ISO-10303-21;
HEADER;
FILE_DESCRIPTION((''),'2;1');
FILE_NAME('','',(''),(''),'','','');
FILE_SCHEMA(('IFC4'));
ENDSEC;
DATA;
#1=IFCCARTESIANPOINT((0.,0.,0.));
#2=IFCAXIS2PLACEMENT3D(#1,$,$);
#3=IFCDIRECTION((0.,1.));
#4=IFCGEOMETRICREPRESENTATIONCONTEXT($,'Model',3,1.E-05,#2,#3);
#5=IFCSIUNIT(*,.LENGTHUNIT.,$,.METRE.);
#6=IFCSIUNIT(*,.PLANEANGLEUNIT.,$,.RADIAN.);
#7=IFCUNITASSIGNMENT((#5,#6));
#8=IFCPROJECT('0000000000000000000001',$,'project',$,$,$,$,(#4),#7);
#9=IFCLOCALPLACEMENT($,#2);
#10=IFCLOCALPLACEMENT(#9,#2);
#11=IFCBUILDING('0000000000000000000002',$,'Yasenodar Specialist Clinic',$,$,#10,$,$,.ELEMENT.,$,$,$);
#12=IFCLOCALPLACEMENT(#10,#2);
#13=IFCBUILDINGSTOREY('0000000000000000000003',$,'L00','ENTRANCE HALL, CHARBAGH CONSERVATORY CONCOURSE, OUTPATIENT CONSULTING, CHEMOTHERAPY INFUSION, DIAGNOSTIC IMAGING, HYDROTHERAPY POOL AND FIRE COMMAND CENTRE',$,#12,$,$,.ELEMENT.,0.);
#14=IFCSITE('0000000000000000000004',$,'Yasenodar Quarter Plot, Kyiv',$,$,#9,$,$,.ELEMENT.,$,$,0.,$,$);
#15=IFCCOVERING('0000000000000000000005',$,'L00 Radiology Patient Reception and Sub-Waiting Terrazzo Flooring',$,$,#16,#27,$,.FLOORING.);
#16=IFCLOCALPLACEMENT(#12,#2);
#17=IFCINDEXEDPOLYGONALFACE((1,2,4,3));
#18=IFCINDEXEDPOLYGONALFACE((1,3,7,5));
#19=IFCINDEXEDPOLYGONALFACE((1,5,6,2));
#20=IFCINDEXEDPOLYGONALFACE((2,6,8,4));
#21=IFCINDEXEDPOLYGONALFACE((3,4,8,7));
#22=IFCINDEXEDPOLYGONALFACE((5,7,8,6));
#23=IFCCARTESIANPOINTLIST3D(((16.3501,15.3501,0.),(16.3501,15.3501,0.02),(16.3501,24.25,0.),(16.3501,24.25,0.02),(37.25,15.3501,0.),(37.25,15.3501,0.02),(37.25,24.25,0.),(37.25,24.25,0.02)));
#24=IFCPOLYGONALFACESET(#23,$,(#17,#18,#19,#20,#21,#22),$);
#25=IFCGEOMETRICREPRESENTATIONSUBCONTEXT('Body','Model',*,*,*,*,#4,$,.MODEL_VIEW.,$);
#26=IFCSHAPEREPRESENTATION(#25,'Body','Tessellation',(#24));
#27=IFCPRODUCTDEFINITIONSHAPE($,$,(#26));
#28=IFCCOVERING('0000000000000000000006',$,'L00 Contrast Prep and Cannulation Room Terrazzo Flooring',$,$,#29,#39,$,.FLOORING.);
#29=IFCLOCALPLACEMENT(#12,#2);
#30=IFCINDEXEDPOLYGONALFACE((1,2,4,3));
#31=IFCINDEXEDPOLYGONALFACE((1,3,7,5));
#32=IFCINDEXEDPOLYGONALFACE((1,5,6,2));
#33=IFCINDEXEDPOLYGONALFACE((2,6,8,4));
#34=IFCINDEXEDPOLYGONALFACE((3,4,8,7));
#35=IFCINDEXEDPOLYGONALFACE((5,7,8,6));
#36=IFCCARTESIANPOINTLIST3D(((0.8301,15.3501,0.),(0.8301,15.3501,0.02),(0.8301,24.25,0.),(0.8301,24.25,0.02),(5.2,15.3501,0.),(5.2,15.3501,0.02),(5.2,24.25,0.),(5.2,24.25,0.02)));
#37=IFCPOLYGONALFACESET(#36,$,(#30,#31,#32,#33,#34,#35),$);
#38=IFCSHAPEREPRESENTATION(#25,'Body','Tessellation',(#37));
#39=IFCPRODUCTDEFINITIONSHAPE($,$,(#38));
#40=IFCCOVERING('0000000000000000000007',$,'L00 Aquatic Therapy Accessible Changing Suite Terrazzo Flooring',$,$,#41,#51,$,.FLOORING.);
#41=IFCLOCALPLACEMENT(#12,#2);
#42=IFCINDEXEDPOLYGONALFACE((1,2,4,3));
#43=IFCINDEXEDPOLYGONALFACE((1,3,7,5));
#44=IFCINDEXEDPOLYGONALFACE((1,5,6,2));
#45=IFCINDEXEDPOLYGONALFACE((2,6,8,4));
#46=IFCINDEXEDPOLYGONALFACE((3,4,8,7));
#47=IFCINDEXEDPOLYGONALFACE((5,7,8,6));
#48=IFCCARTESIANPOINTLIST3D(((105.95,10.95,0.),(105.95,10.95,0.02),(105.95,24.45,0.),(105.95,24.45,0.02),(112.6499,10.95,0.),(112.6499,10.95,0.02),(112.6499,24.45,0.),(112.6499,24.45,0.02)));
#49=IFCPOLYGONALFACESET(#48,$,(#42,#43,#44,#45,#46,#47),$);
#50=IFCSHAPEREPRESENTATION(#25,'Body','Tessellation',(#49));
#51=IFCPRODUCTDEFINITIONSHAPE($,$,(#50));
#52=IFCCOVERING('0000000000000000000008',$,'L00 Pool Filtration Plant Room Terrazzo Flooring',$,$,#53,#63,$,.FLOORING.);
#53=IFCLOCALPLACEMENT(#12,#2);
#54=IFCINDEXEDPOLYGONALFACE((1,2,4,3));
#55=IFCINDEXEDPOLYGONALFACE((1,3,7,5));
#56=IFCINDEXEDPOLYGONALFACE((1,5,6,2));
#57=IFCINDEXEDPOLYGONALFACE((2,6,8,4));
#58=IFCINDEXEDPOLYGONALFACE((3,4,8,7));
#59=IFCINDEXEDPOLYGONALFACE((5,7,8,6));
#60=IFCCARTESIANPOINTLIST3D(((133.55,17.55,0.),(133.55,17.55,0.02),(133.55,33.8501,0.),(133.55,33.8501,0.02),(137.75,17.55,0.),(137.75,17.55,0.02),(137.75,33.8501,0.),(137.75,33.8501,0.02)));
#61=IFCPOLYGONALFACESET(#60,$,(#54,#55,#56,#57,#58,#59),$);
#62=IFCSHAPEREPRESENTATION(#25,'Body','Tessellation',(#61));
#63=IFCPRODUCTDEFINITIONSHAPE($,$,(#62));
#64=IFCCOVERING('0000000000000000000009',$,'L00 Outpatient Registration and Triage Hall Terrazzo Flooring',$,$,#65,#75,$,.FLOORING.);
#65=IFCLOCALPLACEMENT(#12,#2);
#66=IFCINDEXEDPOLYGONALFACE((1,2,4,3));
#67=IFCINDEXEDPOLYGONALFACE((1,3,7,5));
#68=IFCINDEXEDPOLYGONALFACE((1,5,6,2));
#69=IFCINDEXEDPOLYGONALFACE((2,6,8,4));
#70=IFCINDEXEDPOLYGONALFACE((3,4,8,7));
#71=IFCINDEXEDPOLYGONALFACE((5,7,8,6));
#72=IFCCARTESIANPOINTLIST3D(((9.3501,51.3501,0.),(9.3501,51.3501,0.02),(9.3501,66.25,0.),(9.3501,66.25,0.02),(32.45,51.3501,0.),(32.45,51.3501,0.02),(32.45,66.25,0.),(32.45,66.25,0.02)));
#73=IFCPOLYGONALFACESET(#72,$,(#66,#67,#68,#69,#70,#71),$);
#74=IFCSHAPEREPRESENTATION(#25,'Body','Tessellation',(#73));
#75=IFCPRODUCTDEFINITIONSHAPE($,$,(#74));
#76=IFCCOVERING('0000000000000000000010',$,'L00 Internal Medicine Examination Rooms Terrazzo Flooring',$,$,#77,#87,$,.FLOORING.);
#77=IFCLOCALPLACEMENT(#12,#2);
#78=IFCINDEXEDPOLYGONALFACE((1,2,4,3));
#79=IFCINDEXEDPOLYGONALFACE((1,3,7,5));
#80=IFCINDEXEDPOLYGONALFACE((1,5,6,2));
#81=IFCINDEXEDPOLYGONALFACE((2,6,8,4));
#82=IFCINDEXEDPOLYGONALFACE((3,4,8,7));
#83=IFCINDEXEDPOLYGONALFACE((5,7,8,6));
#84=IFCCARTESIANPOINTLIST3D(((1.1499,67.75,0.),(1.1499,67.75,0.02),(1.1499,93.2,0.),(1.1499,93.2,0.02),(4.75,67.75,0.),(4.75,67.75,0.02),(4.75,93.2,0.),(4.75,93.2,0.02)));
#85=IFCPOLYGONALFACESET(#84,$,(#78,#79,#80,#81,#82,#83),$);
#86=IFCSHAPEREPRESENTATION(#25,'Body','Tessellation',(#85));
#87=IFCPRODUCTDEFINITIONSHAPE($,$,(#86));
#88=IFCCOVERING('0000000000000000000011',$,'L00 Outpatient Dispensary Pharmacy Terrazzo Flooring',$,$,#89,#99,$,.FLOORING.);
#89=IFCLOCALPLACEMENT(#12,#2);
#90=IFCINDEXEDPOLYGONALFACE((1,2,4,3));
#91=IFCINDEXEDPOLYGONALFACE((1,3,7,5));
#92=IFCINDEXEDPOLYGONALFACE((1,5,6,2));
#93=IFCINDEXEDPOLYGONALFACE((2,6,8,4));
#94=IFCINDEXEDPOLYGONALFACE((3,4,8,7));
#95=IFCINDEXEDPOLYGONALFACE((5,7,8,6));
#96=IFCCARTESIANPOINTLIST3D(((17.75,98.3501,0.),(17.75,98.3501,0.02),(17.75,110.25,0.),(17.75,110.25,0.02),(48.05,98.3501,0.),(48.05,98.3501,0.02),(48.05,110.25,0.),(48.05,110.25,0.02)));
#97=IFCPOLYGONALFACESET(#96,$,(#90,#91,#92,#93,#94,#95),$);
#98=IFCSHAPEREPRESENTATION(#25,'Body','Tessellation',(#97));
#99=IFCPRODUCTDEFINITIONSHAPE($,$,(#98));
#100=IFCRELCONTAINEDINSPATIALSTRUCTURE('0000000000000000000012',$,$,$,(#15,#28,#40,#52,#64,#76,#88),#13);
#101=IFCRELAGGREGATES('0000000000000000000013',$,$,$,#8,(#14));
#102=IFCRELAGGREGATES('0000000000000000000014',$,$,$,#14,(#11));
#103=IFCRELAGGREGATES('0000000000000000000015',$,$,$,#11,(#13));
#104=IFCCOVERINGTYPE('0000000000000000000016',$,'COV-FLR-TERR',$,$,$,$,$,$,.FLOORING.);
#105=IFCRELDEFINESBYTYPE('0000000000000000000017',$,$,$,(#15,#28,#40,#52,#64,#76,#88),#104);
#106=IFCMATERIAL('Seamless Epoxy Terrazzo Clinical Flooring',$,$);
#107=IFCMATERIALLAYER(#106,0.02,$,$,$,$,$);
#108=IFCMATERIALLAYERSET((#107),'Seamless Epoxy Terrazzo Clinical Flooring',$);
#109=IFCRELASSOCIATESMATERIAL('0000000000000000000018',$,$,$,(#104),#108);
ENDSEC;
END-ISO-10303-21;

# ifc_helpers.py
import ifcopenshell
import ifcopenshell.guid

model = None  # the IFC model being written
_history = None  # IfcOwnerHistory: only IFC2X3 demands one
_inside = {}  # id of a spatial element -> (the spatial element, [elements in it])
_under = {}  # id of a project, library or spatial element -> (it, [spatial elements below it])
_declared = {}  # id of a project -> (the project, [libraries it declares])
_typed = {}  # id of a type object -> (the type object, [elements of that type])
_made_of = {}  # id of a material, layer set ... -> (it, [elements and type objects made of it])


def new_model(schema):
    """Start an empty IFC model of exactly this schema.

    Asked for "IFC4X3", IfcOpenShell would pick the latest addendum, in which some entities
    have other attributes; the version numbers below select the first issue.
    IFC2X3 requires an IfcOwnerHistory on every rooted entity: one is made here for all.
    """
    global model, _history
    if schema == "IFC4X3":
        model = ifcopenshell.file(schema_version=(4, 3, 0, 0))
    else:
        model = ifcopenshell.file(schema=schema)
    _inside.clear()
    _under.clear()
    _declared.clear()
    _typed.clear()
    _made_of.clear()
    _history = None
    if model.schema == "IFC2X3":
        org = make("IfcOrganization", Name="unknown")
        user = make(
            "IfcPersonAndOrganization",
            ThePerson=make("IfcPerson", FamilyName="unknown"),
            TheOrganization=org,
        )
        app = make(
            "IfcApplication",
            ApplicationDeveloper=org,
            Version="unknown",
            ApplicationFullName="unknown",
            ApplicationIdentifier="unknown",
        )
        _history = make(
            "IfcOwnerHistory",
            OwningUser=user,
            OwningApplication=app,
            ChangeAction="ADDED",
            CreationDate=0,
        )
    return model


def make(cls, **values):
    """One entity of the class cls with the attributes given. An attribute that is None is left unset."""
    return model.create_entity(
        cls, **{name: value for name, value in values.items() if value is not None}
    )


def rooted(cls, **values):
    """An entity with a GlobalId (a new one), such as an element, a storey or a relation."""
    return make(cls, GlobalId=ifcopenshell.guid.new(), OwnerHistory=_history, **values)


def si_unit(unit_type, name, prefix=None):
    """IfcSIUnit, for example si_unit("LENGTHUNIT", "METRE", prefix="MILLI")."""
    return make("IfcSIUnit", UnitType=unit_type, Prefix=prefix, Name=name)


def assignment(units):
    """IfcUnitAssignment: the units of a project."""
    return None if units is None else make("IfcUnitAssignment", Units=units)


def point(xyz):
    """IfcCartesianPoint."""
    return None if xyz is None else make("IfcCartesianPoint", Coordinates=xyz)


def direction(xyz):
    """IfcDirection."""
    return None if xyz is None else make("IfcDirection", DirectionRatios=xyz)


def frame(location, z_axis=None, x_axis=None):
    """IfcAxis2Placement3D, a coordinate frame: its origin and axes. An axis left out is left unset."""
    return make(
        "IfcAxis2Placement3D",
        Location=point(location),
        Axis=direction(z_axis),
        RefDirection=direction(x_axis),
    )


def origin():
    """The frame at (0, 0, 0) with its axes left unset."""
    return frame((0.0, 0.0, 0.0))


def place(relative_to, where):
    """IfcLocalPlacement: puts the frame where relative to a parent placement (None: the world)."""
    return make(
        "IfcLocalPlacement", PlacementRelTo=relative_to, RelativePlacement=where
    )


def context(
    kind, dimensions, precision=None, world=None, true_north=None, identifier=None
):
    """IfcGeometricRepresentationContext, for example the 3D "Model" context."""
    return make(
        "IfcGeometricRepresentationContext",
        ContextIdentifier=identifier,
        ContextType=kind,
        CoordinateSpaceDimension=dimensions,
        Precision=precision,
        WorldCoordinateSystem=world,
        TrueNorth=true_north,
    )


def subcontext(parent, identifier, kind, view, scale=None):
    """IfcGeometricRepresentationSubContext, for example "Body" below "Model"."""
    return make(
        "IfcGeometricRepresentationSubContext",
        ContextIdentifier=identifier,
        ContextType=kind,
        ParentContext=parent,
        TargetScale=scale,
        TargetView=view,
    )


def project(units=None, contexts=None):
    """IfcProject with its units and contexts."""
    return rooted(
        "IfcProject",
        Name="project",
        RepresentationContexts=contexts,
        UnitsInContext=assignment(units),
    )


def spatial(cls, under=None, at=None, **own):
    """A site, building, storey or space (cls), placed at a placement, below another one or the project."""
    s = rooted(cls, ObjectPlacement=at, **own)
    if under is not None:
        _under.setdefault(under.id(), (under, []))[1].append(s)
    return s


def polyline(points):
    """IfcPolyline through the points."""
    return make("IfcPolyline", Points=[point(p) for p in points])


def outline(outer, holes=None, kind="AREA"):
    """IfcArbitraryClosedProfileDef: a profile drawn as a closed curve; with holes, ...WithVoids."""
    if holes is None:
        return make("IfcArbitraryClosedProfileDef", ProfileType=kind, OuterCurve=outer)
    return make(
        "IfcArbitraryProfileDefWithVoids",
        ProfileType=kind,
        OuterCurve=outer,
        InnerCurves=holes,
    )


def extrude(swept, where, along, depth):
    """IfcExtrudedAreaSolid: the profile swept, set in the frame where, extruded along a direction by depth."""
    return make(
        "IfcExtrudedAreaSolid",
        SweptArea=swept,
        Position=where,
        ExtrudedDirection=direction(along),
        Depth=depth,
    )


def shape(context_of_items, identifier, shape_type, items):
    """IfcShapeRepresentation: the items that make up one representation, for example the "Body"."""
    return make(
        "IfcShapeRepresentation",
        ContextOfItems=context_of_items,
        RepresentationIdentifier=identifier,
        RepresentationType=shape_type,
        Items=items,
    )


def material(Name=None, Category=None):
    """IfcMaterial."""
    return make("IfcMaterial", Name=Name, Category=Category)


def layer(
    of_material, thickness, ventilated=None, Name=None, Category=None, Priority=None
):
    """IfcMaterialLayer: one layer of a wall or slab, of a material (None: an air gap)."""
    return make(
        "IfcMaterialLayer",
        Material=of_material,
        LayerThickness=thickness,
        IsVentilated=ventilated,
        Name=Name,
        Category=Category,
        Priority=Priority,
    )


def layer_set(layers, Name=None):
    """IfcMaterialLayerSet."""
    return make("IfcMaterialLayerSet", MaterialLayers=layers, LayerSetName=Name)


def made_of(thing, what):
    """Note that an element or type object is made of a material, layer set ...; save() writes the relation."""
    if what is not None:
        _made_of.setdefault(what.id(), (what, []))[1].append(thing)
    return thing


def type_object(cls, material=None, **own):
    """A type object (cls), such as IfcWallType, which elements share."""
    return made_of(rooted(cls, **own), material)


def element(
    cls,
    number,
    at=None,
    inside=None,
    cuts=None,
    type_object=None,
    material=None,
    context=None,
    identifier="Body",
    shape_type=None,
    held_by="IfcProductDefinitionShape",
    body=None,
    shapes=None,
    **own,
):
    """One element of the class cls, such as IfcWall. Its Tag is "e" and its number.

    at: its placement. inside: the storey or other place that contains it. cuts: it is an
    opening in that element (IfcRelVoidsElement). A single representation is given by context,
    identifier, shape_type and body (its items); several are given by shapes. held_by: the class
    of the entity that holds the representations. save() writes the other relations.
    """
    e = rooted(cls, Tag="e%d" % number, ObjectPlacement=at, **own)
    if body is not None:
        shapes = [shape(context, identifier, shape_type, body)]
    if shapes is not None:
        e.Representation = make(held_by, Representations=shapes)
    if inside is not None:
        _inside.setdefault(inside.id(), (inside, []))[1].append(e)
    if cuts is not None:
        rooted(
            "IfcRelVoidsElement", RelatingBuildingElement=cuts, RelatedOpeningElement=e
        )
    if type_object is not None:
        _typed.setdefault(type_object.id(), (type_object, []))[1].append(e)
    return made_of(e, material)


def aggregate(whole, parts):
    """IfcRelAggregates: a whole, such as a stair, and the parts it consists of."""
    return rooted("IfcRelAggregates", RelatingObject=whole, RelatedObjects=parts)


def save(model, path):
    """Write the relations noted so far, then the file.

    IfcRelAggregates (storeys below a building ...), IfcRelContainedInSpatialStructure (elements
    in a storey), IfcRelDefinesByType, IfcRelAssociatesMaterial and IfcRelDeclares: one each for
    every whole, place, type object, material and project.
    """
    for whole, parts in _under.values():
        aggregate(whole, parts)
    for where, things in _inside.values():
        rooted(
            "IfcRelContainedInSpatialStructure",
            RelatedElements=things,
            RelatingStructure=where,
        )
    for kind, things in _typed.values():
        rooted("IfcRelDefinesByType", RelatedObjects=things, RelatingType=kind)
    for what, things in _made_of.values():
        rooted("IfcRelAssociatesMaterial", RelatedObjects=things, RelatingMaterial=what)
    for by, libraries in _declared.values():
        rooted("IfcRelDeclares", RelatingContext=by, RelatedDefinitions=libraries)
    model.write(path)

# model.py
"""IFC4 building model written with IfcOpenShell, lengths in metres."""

from ifc_helpers import new_model, si_unit, direction, origin, place, context, subcontext, project, spatial, polyline, outline, extrude, material, layer, layer_set, type_object, element, save


model = new_model("IFC4")

# Units and contexts
model_context = context("Model", 3, precision=1e-05, world=origin(), true_north=direction((0.0, 1.0)))
body_context = subcontext(model_context, "Body", "Model", "MODEL_VIEW")
ifc_project = project(units=[si_unit("LENGTHUNIT", "METRE"), si_unit("PLANEANGLEUNIT", "RADIAN")], contexts=[model_context])

# Site, building, storey
site_placement = place(None, origin())
site = spatial("IfcSite", under=ifc_project, at=site_placement, Name="Yasenodar Quarter Plot, Kyiv", CompositionType="ELEMENT", RefElevation=0.0)
building_placement = place(site_placement, origin())
building = spatial("IfcBuilding", under=site, at=building_placement, Name="Yasenodar Specialist Clinic", CompositionType="ELEMENT")
storey_placement = place(building_placement, origin())
storey = spatial("IfcBuildingStorey", under=building, at=storey_placement, Name="L00", Description="ENTRANCE HALL, CHARBAGH CONSERVATORY CONCOURSE, OUTPATIENT CONSULTING, CHEMOTHERAPY INFUSION, DIAGNOSTIC IMAGING, HYDROTHERAPY POOL AND FIRE COMMAND CENTRE", CompositionType="ELEMENT", Elevation=0.0)

# Coverings
ifc_material_1 = material(Name="Seamless Epoxy Terrazzo Clinical Flooring")
ifc_layer_1 = layer(ifc_material_1, 0.02)
ifc_layer_set_1 = layer_set([ifc_layer_1], Name="Seamless Epoxy Terrazzo Clinical Flooring")
covering_type_1 = type_object("IfcCoveringType", Name="COV-FLR-TERR", PredefinedType="FLOORING", material=ifc_layer_set_1)
covering_1_placement = place(storey_placement, origin())
element("IfcCovering", 1, at=covering_1_placement, inside=storey, type_object=covering_type_1, Name="L00 Radiology Patient Reception and Sub-Waiting Terrazzo Flooring", PredefinedType="FLOORING", context=body_context, shape_type="SweptSolid", body=[
    extrude(outline(polyline([(37.25, 15.3501), (16.3501, 15.3501), (16.3501, 24.25), (37.25, 24.25), (37.25, 15.3501)])), origin(), (0.0, 0.0, 1.0), 0.02),
])
covering_2_placement = place(storey_placement, origin())
element("IfcCovering", 2, at=covering_2_placement, inside=storey, type_object=covering_type_1, Name="L00 Contrast Prep and Cannulation Room Terrazzo Flooring", PredefinedType="FLOORING", context=body_context, shape_type="SweptSolid", body=[
    extrude(outline(polyline([(5.2, 24.25), (5.2, 15.3501), (0.8301, 15.3501), (0.8301, 24.25), (5.2, 24.25)])), origin(), (0.0, 0.0, 1.0), 0.02),
])
covering_3_placement = place(storey_placement, origin())
element("IfcCovering", 3, at=covering_3_placement, inside=storey, type_object=covering_type_1, Name="L00 Aquatic Therapy Accessible Changing Suite Terrazzo Flooring", PredefinedType="FLOORING", context=body_context, shape_type="SweptSolid", body=[
    extrude(outline(polyline([(112.6499, 24.45), (112.6499, 10.95), (105.95, 10.95), (105.95, 24.45), (112.6499, 24.45)])), origin(), (0.0, 0.0, 1.0), 0.02),
])
covering_4_placement = place(storey_placement, origin())
element("IfcCovering", 4, at=covering_4_placement, inside=storey, type_object=covering_type_1, Name="L00 Pool Filtration Plant Room Terrazzo Flooring", PredefinedType="FLOORING", context=body_context, shape_type="SweptSolid", body=[
    extrude(outline(polyline([(137.75, 33.8501), (137.75, 17.55), (133.55, 17.55), (133.55, 33.8501), (137.75, 33.8501)])), origin(), (0.0, 0.0, 1.0), 0.02),
])
covering_5_placement = place(storey_placement, origin())
element("IfcCovering", 5, at=covering_5_placement, inside=storey, type_object=covering_type_1, Name="L00 Outpatient Registration and Triage Hall Terrazzo Flooring", PredefinedType="FLOORING", context=body_context, shape_type="SweptSolid", body=[
    extrude(outline(polyline([(32.45, 51.3501), (9.3501, 51.3501), (9.3501, 66.25), (32.45, 66.25), (32.45, 51.3501)])), origin(), (0.0, 0.0, 1.0), 0.02),
])
covering_6_placement = place(storey_placement, origin())
element("IfcCovering", 6, at=covering_6_placement, inside=storey, type_object=covering_type_1, Name="L00 Internal Medicine Examination Rooms Terrazzo Flooring", PredefinedType="FLOORING", context=body_context, shape_type="SweptSolid", body=[
    extrude(outline(polyline([(4.75, 93.2), (4.75, 67.75), (1.1499, 67.75), (1.1499, 93.2), (4.75, 93.2)])), origin(), (0.0, 0.0, 1.0), 0.02),
])
covering_7_placement = place(storey_placement, origin())
element("IfcCovering", 7, at=covering_7_placement, inside=storey, type_object=covering_type_1, Name="L00 Outpatient Dispensary Pharmacy Terrazzo Flooring", PredefinedType="FLOORING", context=body_context, shape_type="SweptSolid", body=[
    extrude(outline(polyline([(48.05, 98.3501), (17.75, 98.3501), (17.75, 110.25), (48.05, 110.25), (48.05, 98.3501)])), origin(), (0.0, 0.0, 1.0), 0.02),
])

save(model, "model.ifc")
